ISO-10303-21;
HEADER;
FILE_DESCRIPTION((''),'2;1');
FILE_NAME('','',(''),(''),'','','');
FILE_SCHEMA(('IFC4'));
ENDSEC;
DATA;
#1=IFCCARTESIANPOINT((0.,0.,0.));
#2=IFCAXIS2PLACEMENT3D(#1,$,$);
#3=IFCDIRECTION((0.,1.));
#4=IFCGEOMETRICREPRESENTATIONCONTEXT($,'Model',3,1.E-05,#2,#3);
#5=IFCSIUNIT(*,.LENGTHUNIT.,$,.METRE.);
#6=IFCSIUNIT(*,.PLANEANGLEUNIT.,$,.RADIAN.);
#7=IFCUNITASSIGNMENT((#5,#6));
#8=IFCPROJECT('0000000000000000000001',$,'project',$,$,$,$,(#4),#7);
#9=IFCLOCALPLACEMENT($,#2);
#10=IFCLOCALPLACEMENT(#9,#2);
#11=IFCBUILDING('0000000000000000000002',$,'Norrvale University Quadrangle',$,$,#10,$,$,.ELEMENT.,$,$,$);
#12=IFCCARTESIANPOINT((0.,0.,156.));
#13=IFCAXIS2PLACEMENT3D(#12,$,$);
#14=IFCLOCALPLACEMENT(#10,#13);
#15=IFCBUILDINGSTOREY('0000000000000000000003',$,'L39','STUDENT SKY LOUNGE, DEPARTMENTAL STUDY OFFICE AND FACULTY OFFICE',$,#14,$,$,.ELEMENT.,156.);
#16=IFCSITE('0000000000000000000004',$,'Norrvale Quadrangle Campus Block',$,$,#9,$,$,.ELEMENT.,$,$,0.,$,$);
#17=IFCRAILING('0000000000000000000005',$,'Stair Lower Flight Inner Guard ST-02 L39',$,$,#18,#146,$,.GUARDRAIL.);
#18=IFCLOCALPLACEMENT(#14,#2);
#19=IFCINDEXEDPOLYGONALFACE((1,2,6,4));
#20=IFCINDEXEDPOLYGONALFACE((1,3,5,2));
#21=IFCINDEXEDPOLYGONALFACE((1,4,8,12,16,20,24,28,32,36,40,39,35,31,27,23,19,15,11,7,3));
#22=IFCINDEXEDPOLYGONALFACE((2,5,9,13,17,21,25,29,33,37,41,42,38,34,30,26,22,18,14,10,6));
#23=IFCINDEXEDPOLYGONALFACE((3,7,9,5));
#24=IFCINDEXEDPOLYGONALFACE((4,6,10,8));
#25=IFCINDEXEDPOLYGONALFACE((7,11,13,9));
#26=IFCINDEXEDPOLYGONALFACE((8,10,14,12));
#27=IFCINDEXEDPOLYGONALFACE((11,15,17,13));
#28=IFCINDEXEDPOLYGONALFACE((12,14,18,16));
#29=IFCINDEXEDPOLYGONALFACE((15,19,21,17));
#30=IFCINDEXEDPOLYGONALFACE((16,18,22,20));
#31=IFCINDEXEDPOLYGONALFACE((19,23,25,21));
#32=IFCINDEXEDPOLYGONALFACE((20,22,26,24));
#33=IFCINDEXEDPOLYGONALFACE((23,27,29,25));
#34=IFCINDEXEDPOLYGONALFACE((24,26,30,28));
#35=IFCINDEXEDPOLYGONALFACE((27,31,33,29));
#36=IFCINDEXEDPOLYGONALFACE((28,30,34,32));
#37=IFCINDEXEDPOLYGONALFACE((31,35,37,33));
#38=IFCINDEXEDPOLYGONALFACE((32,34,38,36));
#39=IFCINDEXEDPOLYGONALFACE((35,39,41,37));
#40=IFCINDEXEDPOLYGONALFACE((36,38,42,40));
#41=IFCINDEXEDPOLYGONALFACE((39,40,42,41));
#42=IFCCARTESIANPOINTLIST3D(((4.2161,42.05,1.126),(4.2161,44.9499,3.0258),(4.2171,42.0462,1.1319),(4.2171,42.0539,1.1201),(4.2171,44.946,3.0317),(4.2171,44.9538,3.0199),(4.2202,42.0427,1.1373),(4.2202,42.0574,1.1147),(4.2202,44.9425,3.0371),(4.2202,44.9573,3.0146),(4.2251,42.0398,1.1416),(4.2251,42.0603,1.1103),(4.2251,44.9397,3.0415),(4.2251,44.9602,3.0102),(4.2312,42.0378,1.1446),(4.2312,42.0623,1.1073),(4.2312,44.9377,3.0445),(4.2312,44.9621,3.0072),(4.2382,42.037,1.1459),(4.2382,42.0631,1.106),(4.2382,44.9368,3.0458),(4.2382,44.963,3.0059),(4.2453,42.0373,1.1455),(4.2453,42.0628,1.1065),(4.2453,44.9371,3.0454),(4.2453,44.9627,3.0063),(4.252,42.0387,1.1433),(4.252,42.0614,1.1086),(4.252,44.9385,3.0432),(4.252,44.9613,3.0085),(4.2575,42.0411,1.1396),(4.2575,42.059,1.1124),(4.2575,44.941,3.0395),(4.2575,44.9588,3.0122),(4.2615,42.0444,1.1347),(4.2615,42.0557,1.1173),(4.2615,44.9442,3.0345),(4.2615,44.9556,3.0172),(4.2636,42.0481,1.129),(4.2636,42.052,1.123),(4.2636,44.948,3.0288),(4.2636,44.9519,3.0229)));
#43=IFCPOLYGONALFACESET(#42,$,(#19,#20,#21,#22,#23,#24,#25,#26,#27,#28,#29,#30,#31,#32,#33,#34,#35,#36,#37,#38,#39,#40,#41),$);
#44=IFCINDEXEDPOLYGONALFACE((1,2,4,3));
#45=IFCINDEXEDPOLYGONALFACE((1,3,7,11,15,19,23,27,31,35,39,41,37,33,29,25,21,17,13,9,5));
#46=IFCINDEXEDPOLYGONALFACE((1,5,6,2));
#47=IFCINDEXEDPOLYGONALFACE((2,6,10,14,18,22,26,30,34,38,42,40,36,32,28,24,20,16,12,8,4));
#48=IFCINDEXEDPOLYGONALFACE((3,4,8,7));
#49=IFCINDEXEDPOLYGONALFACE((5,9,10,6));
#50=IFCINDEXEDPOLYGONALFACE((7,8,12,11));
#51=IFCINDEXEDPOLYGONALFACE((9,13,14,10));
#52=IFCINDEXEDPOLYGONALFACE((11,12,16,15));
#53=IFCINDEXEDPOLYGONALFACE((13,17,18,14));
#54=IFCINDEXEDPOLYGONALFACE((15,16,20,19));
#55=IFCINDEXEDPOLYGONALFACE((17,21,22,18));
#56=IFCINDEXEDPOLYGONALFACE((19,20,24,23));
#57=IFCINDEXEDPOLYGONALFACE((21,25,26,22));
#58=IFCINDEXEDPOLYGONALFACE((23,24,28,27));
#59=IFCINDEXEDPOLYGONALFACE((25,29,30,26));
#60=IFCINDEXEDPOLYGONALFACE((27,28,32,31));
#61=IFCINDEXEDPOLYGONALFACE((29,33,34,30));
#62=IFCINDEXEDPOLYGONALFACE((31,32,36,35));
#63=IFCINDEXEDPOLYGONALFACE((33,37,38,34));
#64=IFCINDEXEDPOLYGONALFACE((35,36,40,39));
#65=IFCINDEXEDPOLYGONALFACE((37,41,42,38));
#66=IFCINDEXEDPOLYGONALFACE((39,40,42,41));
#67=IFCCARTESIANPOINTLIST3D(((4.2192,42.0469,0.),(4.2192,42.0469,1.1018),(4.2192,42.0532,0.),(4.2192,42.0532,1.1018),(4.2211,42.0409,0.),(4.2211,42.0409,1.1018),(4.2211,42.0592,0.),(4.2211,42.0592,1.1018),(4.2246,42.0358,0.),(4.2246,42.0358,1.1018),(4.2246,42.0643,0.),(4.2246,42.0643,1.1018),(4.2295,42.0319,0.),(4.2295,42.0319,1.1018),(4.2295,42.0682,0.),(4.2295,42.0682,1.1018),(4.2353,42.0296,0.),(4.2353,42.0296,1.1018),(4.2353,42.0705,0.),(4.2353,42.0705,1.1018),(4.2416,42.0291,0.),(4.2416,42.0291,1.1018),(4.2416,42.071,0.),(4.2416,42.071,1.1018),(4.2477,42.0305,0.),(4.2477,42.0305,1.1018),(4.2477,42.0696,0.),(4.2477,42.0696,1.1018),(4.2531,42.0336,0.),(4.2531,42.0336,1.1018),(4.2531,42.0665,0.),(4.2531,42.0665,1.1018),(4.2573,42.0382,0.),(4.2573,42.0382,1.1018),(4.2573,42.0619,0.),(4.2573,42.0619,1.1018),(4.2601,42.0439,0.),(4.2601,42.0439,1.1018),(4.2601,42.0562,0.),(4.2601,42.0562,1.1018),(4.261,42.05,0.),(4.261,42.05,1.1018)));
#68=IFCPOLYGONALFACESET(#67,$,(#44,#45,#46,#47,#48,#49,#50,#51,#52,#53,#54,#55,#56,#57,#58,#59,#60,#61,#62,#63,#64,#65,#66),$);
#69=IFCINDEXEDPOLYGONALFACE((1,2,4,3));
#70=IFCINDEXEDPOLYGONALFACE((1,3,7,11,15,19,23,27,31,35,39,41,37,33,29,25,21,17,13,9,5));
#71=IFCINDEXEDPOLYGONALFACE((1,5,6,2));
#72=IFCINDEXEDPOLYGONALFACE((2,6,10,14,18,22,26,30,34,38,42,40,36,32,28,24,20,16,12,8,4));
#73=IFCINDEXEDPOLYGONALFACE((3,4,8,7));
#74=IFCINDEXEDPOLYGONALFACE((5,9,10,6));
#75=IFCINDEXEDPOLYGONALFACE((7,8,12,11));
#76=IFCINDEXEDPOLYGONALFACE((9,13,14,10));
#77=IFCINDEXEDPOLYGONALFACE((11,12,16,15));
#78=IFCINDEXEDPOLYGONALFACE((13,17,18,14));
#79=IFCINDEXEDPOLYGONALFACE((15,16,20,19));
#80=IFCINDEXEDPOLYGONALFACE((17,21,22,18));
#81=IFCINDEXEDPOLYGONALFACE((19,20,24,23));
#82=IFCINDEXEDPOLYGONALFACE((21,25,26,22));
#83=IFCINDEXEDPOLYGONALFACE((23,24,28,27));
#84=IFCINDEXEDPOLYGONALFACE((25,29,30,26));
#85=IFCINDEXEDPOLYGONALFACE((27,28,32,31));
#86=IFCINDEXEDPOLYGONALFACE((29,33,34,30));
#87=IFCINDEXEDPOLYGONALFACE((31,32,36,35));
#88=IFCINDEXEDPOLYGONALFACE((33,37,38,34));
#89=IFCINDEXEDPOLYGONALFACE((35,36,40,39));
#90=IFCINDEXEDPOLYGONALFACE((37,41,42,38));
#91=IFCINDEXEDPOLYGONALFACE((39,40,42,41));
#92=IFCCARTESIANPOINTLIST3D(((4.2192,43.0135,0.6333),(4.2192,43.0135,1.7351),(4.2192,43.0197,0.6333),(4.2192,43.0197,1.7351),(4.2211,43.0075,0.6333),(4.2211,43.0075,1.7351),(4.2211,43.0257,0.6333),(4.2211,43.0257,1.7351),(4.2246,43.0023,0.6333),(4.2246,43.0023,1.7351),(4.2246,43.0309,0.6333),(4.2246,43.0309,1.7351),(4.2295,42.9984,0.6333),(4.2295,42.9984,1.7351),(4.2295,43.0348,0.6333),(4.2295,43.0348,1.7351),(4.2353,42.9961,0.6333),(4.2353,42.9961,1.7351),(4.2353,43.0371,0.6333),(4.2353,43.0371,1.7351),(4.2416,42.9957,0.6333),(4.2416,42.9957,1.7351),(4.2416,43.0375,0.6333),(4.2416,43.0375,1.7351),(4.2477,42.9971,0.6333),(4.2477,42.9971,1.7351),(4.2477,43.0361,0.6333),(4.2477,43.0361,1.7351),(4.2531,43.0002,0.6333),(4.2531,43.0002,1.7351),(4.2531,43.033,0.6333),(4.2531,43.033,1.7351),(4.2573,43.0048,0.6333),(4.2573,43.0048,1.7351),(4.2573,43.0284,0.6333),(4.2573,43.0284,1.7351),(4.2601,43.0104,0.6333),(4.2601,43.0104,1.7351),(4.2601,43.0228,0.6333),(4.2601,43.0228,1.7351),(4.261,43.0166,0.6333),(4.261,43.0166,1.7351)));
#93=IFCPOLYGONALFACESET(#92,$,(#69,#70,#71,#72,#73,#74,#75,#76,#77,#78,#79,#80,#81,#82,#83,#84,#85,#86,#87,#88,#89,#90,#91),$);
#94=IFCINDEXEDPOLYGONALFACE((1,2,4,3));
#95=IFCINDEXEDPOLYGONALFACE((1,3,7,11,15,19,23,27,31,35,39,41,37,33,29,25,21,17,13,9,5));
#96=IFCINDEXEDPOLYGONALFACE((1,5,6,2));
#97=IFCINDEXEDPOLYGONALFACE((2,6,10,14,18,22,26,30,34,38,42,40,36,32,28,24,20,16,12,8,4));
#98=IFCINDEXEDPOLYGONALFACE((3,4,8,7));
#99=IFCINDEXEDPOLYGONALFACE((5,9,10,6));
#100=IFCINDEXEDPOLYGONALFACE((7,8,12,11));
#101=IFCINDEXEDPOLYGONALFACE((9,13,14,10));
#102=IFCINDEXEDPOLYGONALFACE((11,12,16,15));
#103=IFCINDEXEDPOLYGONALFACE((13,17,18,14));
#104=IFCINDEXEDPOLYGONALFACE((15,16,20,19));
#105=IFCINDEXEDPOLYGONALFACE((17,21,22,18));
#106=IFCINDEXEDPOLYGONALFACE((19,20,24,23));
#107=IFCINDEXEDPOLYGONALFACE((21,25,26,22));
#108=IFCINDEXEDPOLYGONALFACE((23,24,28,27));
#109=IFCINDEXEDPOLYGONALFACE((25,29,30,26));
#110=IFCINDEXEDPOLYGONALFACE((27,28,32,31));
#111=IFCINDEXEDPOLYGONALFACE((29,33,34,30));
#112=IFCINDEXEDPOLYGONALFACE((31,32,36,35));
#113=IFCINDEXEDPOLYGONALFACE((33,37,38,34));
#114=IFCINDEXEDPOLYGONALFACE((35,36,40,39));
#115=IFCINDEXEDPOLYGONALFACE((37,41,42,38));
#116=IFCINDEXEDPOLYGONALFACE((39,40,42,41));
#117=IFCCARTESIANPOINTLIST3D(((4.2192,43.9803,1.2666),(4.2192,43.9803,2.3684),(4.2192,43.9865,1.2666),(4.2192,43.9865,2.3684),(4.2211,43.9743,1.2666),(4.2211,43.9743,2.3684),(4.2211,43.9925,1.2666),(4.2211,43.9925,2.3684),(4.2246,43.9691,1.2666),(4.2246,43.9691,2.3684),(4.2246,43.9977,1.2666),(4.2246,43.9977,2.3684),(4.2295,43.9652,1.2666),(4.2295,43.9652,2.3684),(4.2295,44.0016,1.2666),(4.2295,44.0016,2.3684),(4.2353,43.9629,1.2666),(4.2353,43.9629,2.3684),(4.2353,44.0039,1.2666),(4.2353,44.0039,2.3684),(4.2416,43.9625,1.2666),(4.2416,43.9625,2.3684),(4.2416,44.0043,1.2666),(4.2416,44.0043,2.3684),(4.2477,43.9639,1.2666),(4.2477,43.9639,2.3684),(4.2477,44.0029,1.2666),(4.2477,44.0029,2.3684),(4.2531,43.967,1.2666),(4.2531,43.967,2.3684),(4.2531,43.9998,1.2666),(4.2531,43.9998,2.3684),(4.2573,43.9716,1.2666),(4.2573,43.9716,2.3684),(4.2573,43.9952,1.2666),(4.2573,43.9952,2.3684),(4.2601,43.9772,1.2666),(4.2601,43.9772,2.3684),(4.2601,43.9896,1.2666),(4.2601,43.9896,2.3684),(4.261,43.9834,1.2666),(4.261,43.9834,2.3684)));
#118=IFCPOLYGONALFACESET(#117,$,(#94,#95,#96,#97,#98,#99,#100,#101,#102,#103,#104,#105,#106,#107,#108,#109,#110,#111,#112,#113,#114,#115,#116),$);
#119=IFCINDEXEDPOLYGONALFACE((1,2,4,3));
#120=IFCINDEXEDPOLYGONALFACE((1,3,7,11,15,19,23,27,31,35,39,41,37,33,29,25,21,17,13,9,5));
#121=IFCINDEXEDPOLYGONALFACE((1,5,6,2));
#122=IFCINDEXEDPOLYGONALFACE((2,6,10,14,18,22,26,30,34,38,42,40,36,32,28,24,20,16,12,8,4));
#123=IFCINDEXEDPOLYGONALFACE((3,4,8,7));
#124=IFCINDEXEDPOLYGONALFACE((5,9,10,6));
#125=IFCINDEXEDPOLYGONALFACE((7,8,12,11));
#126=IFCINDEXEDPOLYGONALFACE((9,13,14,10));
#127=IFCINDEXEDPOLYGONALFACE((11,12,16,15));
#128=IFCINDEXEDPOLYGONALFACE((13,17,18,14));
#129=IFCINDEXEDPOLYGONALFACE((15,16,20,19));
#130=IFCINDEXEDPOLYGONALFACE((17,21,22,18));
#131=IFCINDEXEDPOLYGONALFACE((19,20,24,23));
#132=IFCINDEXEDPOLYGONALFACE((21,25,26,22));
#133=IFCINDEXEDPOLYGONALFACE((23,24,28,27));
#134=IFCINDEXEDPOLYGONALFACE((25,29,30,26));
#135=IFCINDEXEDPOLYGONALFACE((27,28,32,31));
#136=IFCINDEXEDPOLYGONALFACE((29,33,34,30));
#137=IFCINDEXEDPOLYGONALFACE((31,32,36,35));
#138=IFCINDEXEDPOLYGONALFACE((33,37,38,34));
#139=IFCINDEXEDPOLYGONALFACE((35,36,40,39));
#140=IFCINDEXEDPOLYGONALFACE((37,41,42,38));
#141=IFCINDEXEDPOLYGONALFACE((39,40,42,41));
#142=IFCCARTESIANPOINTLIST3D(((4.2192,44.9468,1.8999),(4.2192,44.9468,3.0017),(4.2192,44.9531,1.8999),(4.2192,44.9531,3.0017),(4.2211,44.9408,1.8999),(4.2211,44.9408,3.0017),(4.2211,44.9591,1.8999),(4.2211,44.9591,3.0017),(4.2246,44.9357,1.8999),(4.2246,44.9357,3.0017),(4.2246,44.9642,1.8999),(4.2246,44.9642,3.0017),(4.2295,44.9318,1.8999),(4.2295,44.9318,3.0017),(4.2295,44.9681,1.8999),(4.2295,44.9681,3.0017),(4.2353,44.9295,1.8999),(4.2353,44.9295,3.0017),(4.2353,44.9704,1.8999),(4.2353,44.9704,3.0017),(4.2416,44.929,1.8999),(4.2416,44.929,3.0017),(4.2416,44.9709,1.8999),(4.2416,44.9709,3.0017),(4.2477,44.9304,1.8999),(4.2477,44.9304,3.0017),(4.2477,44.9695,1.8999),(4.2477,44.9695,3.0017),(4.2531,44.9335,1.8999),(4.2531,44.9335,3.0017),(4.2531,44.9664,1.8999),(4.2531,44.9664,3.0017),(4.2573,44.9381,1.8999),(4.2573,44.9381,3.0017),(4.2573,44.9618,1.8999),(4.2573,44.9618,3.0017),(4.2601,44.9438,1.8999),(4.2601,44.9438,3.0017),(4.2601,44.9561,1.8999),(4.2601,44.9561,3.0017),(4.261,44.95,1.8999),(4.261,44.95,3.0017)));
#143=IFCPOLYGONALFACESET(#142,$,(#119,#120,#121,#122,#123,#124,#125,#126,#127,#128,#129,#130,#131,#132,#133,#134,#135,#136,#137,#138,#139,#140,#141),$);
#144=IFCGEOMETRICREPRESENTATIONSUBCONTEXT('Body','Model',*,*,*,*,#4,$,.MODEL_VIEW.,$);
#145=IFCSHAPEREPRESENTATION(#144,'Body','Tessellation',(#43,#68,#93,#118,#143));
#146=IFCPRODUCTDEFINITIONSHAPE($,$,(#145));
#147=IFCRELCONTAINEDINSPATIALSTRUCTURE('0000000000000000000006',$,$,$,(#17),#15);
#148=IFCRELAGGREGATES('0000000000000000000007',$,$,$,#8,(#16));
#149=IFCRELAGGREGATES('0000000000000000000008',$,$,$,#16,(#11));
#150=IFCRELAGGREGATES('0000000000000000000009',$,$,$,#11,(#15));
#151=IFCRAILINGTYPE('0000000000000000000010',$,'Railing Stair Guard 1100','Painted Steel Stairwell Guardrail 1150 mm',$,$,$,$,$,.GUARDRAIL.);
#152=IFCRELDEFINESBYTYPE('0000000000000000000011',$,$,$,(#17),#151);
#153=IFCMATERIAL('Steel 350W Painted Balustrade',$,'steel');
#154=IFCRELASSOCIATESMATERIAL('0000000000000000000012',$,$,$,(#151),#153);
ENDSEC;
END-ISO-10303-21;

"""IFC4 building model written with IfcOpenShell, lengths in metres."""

from ifc_helpers import new_model, si_unit, direction, frame, origin, origin_2d, place, context, subcontext, project, spatial, circle, extrude, material, type_object, element, save


model = new_model("IFC4")

# Units and contexts
model_context = context("Model", 3, precision=1e-05, world=origin(), true_north=direction((0.0, 1.0)))
body_context = subcontext(model_context, "Body", "Model", "MODEL_VIEW")
ifc_project = project(units=[si_unit("LENGTHUNIT", "METRE"), si_unit("PLANEANGLEUNIT", "RADIAN")], contexts=[model_context])

# Site, building, storey
site_placement = place(None, origin())
site = spatial("IfcSite", under=ifc_project, at=site_placement, Name="Norrvale Quadrangle Campus Block", CompositionType="ELEMENT", RefElevation=0.0)
building_placement = place(site_placement, origin())
building = spatial("IfcBuilding", under=site, at=building_placement, Name="Norrvale University Quadrangle", CompositionType="ELEMENT")
storey_placement = place(building_placement, frame((0.0, 0.0, 156.0)))
storey = spatial("IfcBuildingStorey", under=building, at=storey_placement, Name="L39", Description="STUDENT SKY LOUNGE, DEPARTMENTAL STUDY OFFICE AND FACULTY OFFICE", CompositionType="ELEMENT", Elevation=156.0)

# Railing
ifc_material_1 = material(Name="Steel 350W Painted Balustrade", Category="steel")
railing_type_1 = type_object("IfcRailingType", Name="Railing Stair Guard 1100", Description="Painted Steel Stairwell Guardrail 1150 mm", PredefinedType="GUARDRAIL", material=ifc_material_1)
railing_1_placement = place(storey_placement, frame((4.24, 42.05, 0.0)))
element("IfcRailing", 1, at=railing_1_placement, inside=storey, type_object=railing_type_1, Name="Stair Lower Flight Inner Guard ST-02 L39", PredefinedType="GUARDRAIL", context=body_context, shape_type="SweptSolid", body=[
    extrude(circle(Radius=0.0239, at=origin_2d()), frame((0.0, 0.0, 1.126), z_axis=(0.0, 0.836466, 0.548019), x_axis=(-1.0, 0.0, 0.0)), (0.0, 0.0, 1.0), 3.4668),
    extrude(circle(Radius=0.021, at=origin_2d()), origin(), (0.0, 0.0, 1.0), 1.1018),
    extrude(circle(Radius=0.021, at=origin_2d()), frame((0.0, 0.9666, 0.6333)), (0.0, 0.0, 1.0), 1.1018),
    extrude(circle(Radius=0.021, at=origin_2d()), frame((0.0, 1.9333, 1.2666)), (0.0, 0.0, 1.0), 1.1018),
    extrude(circle(Radius=0.021, at=origin_2d()), frame((0.0, 2.8999, 1.8999)), (0.0, 0.0, 1.0), 1.1018),
])

save(model, "model.ifc")
